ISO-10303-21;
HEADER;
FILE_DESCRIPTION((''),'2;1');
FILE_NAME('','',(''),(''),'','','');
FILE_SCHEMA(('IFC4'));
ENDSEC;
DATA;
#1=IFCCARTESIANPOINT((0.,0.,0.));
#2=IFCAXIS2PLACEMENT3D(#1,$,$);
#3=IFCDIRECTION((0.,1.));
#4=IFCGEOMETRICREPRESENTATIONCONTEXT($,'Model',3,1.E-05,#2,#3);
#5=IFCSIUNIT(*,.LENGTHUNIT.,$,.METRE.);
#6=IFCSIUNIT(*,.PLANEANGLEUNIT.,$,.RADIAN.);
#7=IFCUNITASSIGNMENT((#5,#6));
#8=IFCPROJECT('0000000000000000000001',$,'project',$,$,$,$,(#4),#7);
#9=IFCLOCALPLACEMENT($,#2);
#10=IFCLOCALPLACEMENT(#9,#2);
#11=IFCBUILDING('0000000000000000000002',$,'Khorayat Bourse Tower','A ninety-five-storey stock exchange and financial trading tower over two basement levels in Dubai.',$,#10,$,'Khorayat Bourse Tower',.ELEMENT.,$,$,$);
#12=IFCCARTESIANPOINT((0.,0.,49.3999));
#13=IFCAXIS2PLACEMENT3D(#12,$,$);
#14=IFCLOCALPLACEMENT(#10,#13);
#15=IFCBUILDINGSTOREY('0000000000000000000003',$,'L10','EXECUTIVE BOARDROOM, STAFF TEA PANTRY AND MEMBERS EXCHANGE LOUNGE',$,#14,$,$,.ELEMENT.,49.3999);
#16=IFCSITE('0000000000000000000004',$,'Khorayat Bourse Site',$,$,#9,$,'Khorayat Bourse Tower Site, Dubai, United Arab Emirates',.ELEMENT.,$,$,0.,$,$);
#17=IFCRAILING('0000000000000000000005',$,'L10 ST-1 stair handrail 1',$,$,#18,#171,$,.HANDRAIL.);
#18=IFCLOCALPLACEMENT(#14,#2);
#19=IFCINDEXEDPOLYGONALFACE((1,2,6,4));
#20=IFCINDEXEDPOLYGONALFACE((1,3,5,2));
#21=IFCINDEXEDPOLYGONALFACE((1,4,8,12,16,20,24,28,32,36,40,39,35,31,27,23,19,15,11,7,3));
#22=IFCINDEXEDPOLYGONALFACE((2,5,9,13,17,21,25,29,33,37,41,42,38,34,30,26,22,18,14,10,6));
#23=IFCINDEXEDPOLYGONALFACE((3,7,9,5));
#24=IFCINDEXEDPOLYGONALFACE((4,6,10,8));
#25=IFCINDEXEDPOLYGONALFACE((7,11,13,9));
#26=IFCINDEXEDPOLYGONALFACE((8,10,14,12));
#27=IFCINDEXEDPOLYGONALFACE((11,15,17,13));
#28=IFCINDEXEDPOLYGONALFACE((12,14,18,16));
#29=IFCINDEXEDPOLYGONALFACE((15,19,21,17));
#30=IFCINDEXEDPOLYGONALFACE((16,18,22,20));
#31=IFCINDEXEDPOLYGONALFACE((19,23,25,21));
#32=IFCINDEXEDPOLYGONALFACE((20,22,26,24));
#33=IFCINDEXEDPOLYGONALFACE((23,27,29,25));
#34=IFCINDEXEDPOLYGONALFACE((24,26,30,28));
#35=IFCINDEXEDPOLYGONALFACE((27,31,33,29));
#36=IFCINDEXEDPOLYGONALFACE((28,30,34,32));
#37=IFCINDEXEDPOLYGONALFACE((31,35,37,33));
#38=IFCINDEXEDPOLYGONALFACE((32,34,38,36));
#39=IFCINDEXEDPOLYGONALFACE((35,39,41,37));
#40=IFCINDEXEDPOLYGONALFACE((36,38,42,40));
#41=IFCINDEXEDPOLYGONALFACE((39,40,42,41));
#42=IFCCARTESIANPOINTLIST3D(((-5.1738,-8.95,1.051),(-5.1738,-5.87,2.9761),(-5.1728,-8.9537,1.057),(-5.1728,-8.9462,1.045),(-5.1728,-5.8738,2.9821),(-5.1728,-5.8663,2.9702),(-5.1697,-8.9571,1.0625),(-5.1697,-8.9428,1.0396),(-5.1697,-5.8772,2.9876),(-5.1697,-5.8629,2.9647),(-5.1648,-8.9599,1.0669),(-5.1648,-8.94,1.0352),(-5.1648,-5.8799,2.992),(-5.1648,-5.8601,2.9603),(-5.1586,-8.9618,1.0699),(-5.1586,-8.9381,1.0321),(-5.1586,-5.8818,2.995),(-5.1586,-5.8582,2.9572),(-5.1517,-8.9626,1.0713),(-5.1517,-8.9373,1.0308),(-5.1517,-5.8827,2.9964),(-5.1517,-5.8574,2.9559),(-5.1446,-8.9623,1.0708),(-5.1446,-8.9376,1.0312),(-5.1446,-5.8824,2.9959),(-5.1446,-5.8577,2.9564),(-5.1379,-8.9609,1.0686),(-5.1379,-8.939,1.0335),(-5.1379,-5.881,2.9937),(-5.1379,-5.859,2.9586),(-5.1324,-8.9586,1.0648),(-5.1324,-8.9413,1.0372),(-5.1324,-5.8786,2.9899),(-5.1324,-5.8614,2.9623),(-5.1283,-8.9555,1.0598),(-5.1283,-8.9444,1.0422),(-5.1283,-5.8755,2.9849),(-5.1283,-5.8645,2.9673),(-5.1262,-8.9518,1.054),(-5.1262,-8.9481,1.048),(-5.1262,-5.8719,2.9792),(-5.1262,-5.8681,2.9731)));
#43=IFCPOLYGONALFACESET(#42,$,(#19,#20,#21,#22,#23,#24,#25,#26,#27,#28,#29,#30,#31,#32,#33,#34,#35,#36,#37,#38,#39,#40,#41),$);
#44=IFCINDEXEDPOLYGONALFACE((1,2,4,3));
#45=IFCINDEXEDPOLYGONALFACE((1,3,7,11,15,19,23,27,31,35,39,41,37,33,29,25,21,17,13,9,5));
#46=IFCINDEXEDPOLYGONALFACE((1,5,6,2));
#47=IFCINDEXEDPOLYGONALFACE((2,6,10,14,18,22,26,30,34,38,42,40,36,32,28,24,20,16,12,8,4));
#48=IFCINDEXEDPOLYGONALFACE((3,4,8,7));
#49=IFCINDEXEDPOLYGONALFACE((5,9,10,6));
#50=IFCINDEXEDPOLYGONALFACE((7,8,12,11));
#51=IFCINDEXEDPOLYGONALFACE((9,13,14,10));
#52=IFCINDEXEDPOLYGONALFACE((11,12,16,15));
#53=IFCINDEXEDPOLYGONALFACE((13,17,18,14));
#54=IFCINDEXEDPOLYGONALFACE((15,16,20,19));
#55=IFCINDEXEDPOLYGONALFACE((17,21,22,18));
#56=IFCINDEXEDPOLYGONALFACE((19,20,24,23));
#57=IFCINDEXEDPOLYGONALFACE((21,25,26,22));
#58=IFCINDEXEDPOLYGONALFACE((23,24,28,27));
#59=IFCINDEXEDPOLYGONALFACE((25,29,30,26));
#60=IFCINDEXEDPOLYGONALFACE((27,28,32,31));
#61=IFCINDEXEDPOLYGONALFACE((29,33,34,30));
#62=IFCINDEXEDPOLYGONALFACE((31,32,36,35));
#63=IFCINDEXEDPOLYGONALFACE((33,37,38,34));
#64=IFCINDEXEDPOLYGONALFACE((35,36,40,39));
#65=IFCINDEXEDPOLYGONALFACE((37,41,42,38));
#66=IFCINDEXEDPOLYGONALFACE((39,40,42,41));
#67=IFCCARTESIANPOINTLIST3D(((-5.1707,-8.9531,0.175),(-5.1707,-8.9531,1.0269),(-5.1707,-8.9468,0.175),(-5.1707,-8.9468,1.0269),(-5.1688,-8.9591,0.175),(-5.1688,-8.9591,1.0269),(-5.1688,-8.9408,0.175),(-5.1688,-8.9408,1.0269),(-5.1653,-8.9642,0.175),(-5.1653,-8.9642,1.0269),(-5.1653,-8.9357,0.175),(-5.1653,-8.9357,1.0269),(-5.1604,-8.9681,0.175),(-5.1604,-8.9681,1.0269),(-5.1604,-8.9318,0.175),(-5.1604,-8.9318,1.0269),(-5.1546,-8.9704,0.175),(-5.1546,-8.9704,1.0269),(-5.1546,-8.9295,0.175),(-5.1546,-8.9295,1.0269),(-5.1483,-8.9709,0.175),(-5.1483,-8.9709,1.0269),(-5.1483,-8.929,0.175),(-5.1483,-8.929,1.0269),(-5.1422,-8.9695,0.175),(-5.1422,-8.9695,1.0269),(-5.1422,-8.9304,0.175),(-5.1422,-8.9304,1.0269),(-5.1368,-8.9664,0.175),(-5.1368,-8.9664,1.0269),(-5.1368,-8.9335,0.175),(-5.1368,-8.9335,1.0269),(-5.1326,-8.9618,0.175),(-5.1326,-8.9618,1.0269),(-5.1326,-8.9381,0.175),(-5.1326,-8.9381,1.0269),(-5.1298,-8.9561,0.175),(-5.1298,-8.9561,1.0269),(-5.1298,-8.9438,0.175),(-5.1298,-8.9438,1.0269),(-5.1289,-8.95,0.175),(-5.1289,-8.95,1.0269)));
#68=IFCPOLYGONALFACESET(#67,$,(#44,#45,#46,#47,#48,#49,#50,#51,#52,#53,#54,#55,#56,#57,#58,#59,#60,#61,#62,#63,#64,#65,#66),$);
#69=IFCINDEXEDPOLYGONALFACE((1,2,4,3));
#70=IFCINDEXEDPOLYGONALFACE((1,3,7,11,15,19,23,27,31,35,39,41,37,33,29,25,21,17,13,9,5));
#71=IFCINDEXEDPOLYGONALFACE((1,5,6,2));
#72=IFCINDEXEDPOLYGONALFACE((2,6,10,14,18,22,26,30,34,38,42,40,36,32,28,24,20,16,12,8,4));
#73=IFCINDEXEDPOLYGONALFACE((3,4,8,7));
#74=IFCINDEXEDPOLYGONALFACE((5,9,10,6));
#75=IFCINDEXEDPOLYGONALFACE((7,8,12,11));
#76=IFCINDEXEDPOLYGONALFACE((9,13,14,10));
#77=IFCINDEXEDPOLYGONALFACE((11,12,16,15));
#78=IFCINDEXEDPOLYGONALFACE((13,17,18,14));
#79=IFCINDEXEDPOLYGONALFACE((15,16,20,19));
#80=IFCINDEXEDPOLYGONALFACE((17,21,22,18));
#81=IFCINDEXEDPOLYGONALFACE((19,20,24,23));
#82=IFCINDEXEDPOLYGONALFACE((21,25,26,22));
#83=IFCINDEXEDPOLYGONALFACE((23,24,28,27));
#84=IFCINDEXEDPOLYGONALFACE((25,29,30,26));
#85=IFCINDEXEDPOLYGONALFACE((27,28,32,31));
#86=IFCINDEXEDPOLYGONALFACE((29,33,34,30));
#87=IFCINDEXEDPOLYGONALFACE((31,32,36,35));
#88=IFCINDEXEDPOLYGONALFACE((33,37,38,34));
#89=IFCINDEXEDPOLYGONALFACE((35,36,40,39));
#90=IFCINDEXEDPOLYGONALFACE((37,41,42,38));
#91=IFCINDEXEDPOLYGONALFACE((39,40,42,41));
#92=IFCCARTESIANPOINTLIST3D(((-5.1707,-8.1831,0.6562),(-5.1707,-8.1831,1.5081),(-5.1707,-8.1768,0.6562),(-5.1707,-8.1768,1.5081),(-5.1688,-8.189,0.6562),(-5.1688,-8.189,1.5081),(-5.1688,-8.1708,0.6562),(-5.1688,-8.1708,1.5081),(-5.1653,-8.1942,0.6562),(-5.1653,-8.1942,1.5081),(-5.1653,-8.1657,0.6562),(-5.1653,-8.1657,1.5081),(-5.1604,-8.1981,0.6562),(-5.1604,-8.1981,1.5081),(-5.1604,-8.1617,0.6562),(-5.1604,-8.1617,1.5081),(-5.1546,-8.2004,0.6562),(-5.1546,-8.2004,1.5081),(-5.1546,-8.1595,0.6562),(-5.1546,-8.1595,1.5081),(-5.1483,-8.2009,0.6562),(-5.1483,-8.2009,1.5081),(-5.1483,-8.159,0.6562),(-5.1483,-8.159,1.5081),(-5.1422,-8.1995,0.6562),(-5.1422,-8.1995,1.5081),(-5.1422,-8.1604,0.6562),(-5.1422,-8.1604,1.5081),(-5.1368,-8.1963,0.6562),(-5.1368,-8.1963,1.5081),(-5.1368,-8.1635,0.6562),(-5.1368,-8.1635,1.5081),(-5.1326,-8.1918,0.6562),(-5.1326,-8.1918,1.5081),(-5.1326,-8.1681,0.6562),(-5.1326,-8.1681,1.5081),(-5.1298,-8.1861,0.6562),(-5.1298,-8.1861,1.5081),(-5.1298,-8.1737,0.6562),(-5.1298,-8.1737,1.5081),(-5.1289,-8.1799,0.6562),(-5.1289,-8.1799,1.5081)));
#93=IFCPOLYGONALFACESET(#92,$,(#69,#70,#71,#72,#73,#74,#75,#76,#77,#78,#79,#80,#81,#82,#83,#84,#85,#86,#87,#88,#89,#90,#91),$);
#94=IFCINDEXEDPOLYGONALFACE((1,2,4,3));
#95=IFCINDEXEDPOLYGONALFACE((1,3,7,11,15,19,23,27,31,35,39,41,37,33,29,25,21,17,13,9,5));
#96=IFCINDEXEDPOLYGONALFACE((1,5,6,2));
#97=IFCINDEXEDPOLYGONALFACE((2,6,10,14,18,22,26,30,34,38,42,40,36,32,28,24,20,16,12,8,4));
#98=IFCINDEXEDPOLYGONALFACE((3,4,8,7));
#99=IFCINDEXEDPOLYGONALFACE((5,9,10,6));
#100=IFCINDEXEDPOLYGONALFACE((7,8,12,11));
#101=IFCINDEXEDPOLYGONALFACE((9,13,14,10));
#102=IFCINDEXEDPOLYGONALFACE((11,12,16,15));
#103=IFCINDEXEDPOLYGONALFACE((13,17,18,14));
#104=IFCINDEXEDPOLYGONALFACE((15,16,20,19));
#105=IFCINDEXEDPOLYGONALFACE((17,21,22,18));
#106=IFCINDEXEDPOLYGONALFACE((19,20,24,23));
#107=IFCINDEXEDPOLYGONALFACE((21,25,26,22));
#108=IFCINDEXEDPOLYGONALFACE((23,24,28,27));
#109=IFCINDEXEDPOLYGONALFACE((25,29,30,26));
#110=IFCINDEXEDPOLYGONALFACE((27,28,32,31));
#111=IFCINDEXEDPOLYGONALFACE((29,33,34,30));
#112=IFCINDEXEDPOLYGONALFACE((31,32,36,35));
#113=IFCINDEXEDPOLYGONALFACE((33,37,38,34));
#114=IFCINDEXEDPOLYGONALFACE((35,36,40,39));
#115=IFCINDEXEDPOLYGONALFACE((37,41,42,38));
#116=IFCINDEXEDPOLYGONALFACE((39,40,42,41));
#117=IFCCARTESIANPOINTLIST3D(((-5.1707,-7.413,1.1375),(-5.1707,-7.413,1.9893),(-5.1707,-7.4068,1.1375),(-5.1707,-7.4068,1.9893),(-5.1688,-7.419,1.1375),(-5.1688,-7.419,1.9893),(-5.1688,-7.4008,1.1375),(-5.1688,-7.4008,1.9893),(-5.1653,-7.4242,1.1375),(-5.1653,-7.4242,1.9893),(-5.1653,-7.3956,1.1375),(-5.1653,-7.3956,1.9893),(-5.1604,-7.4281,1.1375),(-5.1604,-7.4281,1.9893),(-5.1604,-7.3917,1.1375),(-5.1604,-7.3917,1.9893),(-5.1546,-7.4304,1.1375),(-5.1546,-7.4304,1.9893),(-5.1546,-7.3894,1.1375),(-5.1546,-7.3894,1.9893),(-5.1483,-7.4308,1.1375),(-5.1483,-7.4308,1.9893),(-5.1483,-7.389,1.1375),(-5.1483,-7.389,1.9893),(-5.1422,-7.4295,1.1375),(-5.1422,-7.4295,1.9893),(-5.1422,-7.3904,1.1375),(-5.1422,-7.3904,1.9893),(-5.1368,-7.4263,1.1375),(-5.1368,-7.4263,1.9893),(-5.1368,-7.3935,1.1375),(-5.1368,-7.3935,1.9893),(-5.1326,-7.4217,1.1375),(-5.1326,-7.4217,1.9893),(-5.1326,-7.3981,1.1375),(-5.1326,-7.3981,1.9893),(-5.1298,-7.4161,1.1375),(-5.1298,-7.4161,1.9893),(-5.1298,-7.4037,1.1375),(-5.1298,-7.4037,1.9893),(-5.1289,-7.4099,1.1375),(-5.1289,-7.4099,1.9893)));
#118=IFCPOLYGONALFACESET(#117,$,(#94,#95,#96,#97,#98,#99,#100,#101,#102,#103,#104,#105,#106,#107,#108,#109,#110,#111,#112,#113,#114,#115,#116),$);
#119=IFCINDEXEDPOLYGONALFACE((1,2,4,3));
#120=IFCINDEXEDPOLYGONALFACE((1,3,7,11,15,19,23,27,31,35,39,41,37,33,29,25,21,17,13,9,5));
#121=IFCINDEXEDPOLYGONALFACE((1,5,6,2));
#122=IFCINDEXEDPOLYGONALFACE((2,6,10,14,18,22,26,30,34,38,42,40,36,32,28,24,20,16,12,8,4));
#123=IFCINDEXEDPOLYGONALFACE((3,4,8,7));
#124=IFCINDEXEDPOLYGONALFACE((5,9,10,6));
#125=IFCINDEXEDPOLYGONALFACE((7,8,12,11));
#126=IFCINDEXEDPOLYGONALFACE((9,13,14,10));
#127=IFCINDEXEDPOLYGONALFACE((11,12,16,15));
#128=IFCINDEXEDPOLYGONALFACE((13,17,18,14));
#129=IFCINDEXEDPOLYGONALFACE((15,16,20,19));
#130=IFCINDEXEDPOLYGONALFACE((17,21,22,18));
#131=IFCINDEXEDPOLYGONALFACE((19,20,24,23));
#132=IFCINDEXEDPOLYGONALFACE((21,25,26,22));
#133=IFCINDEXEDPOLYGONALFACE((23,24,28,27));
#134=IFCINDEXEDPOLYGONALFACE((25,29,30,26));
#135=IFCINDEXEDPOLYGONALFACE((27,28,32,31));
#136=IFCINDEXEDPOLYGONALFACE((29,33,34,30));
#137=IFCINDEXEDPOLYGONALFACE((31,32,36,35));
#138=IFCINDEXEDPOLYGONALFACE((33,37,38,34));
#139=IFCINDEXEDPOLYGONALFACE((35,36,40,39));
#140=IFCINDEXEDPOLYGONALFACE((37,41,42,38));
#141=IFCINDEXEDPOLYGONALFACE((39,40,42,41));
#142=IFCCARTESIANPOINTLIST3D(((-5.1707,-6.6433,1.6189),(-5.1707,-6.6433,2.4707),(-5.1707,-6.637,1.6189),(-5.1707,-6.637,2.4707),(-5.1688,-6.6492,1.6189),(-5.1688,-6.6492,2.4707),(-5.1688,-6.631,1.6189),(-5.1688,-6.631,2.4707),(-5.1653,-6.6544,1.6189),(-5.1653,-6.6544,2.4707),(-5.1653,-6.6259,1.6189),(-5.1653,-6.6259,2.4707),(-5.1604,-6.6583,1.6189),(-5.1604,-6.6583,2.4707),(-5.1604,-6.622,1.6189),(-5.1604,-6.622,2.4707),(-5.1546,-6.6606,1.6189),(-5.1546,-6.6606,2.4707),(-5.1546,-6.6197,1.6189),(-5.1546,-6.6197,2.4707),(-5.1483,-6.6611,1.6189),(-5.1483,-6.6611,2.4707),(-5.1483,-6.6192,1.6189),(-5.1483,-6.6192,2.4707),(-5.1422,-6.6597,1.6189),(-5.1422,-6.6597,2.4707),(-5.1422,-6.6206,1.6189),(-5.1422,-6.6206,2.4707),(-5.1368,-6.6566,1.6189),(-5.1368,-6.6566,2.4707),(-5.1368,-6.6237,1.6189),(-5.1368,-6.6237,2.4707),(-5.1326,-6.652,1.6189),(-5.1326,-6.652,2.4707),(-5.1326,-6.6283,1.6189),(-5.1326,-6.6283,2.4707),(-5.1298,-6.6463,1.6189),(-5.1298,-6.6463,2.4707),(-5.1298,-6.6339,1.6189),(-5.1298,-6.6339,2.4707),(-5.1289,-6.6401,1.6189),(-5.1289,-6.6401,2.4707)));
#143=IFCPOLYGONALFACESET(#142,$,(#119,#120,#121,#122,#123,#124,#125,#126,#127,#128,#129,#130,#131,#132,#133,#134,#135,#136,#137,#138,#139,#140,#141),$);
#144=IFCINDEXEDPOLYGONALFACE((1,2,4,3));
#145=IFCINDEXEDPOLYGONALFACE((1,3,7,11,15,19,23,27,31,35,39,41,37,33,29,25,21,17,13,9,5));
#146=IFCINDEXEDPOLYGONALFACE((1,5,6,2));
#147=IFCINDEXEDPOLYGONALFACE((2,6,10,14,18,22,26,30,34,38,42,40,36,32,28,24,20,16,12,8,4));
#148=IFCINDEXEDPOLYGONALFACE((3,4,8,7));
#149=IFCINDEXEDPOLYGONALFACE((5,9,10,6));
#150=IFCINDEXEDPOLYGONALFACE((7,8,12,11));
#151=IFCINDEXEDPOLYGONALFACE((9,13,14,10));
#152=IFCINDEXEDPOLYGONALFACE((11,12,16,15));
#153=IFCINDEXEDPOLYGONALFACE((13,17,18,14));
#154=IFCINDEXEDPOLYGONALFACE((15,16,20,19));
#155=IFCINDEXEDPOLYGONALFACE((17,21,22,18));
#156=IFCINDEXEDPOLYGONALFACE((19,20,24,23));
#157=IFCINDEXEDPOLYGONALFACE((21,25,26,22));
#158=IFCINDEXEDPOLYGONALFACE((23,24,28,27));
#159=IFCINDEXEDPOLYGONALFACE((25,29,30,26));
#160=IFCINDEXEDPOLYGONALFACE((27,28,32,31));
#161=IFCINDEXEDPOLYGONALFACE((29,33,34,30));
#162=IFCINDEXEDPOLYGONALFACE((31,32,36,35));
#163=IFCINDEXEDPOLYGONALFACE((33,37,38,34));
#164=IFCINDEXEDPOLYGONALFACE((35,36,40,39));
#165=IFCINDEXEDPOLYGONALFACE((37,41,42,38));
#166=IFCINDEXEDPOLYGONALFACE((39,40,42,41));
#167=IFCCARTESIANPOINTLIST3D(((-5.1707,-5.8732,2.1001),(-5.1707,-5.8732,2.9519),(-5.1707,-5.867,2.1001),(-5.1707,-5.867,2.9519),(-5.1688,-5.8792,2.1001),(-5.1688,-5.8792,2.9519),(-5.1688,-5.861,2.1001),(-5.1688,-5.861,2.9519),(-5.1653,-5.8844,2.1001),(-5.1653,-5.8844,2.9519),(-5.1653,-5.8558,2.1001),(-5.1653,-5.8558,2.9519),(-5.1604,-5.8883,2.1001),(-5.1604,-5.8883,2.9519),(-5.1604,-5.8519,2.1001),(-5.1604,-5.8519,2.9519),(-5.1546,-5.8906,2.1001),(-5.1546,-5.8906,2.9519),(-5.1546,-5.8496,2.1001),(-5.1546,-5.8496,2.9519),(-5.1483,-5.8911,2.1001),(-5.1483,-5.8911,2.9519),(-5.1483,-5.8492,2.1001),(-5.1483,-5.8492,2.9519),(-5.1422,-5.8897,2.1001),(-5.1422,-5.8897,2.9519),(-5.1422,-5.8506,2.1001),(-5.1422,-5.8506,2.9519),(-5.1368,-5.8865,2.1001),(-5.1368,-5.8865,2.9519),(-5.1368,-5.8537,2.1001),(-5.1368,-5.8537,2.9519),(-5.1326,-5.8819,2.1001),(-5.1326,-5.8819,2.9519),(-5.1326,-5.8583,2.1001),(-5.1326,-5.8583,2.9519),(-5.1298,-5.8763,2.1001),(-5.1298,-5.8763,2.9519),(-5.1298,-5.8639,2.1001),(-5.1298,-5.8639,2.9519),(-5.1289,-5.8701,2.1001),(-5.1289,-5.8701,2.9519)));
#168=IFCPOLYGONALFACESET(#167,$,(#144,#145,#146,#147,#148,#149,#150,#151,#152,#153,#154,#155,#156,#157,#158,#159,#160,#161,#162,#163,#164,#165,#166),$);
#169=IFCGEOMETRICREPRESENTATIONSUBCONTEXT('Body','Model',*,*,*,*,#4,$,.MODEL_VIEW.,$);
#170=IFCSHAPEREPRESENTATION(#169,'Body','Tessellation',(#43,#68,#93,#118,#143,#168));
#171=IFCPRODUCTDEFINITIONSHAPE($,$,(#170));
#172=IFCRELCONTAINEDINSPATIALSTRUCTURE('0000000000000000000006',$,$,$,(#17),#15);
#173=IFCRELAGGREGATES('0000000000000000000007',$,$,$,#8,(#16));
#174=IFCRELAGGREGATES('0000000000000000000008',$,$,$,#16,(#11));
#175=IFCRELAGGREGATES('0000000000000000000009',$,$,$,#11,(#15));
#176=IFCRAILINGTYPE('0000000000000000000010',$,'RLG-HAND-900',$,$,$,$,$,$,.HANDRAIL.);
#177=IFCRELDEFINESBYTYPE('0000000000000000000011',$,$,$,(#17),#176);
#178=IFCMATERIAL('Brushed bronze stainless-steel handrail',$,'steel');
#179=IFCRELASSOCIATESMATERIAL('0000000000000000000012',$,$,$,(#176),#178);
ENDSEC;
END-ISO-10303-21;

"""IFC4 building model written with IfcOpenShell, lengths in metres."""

from ifc_helpers import new_model, si_unit, direction, frame, origin, origin_2d, place, context, subcontext, project, spatial, circle, extrude, source, transform, mapped, material, type_object, element, save


model = new_model("IFC4")

# Units and contexts
model_context = context("Model", 3, precision=1e-05, world=origin(), true_north=direction((0.0, 1.0)))
body_context = subcontext(model_context, "Body", "Model", "MODEL_VIEW")
ifc_project = project(units=[si_unit("LENGTHUNIT", "METRE"), si_unit("PLANEANGLEUNIT", "RADIAN")], contexts=[model_context])

# Site, building, storey
site_placement = place(None, origin())
site = spatial("IfcSite", under=ifc_project, at=site_placement, Name="Khorayat Bourse Site", LongName="Khorayat Bourse Tower Site, Dubai, United Arab Emirates", CompositionType="ELEMENT", RefElevation=0.0)
building_placement = place(site_placement, origin())
building = spatial("IfcBuilding", under=site, at=building_placement, Name="Khorayat Bourse Tower", Description="A ninety-five-storey stock exchange and financial trading tower over two basement levels in Dubai.", LongName="Khorayat Bourse Tower", CompositionType="ELEMENT")
storey_placement = place(building_placement, frame((0.0, 0.0, 49.3999)))
storey = spatial("IfcBuildingStorey", under=building, at=storey_placement, Name="L10", Description="EXECUTIVE BOARDROOM, STAFF TEA PANTRY AND MEMBERS EXCHANGE LOUNGE", CompositionType="ELEMENT", Elevation=49.3999)

# Railing
ifc_material_1 = material(Name="Brushed bronze stainless-steel handrail", Category="steel")
railing_type_1 = type_object("IfcRailingType", Name="RLG-HAND-900", PredefinedType="HANDRAIL", material=ifc_material_1)
shared_shape_1 = source(origin(), body_context, "Body", "SweptSolid", [
    extrude(circle(Radius=0.0239, at=origin_2d()), frame((0.0, 0.0, 0.876), z_axis=(0.0, 0.847979, 0.530029), x_axis=(-1.0, 0.0, 0.0)), (0.0, 0.0, 1.0), 3.6321),
    extrude(circle(Radius=0.021, at=origin_2d()), origin(), (0.0, 0.0, 1.0), 0.8518),
    extrude(circle(Radius=0.021, at=origin_2d()), frame((0.0, 0.77, 0.4812)), (0.0, 0.0, 1.0), 0.8518),
    extrude(circle(Radius=0.021, at=origin_2d()), frame((0.0, 1.54, 0.9624)), (0.0, 0.0, 1.0), 0.8518),
    extrude(circle(Radius=0.021, at=origin_2d()), frame((0.0, 2.3098, 1.4438)), (0.0, 0.0, 1.0), 0.8518),
    extrude(circle(Radius=0.021, at=origin_2d()), frame((0.0, 3.0798, 1.925)), (0.0, 0.0, 1.0), 0.8518),
])
railing_1_placement = place(storey_placement, frame((-5.1499, -8.95, 0.175)))
element("IfcRailing", 1, at=railing_1_placement, inside=storey, type_object=railing_type_1, Name="L10 ST-1 stair handrail 1", PredefinedType="HANDRAIL", context=body_context, shape_type="MappedRepresentation", body=[
    mapped(shared_shape_1, transform((0.0, 0.0, 0.0), scale=1.0)),
])

save(model, "model.ifc")
